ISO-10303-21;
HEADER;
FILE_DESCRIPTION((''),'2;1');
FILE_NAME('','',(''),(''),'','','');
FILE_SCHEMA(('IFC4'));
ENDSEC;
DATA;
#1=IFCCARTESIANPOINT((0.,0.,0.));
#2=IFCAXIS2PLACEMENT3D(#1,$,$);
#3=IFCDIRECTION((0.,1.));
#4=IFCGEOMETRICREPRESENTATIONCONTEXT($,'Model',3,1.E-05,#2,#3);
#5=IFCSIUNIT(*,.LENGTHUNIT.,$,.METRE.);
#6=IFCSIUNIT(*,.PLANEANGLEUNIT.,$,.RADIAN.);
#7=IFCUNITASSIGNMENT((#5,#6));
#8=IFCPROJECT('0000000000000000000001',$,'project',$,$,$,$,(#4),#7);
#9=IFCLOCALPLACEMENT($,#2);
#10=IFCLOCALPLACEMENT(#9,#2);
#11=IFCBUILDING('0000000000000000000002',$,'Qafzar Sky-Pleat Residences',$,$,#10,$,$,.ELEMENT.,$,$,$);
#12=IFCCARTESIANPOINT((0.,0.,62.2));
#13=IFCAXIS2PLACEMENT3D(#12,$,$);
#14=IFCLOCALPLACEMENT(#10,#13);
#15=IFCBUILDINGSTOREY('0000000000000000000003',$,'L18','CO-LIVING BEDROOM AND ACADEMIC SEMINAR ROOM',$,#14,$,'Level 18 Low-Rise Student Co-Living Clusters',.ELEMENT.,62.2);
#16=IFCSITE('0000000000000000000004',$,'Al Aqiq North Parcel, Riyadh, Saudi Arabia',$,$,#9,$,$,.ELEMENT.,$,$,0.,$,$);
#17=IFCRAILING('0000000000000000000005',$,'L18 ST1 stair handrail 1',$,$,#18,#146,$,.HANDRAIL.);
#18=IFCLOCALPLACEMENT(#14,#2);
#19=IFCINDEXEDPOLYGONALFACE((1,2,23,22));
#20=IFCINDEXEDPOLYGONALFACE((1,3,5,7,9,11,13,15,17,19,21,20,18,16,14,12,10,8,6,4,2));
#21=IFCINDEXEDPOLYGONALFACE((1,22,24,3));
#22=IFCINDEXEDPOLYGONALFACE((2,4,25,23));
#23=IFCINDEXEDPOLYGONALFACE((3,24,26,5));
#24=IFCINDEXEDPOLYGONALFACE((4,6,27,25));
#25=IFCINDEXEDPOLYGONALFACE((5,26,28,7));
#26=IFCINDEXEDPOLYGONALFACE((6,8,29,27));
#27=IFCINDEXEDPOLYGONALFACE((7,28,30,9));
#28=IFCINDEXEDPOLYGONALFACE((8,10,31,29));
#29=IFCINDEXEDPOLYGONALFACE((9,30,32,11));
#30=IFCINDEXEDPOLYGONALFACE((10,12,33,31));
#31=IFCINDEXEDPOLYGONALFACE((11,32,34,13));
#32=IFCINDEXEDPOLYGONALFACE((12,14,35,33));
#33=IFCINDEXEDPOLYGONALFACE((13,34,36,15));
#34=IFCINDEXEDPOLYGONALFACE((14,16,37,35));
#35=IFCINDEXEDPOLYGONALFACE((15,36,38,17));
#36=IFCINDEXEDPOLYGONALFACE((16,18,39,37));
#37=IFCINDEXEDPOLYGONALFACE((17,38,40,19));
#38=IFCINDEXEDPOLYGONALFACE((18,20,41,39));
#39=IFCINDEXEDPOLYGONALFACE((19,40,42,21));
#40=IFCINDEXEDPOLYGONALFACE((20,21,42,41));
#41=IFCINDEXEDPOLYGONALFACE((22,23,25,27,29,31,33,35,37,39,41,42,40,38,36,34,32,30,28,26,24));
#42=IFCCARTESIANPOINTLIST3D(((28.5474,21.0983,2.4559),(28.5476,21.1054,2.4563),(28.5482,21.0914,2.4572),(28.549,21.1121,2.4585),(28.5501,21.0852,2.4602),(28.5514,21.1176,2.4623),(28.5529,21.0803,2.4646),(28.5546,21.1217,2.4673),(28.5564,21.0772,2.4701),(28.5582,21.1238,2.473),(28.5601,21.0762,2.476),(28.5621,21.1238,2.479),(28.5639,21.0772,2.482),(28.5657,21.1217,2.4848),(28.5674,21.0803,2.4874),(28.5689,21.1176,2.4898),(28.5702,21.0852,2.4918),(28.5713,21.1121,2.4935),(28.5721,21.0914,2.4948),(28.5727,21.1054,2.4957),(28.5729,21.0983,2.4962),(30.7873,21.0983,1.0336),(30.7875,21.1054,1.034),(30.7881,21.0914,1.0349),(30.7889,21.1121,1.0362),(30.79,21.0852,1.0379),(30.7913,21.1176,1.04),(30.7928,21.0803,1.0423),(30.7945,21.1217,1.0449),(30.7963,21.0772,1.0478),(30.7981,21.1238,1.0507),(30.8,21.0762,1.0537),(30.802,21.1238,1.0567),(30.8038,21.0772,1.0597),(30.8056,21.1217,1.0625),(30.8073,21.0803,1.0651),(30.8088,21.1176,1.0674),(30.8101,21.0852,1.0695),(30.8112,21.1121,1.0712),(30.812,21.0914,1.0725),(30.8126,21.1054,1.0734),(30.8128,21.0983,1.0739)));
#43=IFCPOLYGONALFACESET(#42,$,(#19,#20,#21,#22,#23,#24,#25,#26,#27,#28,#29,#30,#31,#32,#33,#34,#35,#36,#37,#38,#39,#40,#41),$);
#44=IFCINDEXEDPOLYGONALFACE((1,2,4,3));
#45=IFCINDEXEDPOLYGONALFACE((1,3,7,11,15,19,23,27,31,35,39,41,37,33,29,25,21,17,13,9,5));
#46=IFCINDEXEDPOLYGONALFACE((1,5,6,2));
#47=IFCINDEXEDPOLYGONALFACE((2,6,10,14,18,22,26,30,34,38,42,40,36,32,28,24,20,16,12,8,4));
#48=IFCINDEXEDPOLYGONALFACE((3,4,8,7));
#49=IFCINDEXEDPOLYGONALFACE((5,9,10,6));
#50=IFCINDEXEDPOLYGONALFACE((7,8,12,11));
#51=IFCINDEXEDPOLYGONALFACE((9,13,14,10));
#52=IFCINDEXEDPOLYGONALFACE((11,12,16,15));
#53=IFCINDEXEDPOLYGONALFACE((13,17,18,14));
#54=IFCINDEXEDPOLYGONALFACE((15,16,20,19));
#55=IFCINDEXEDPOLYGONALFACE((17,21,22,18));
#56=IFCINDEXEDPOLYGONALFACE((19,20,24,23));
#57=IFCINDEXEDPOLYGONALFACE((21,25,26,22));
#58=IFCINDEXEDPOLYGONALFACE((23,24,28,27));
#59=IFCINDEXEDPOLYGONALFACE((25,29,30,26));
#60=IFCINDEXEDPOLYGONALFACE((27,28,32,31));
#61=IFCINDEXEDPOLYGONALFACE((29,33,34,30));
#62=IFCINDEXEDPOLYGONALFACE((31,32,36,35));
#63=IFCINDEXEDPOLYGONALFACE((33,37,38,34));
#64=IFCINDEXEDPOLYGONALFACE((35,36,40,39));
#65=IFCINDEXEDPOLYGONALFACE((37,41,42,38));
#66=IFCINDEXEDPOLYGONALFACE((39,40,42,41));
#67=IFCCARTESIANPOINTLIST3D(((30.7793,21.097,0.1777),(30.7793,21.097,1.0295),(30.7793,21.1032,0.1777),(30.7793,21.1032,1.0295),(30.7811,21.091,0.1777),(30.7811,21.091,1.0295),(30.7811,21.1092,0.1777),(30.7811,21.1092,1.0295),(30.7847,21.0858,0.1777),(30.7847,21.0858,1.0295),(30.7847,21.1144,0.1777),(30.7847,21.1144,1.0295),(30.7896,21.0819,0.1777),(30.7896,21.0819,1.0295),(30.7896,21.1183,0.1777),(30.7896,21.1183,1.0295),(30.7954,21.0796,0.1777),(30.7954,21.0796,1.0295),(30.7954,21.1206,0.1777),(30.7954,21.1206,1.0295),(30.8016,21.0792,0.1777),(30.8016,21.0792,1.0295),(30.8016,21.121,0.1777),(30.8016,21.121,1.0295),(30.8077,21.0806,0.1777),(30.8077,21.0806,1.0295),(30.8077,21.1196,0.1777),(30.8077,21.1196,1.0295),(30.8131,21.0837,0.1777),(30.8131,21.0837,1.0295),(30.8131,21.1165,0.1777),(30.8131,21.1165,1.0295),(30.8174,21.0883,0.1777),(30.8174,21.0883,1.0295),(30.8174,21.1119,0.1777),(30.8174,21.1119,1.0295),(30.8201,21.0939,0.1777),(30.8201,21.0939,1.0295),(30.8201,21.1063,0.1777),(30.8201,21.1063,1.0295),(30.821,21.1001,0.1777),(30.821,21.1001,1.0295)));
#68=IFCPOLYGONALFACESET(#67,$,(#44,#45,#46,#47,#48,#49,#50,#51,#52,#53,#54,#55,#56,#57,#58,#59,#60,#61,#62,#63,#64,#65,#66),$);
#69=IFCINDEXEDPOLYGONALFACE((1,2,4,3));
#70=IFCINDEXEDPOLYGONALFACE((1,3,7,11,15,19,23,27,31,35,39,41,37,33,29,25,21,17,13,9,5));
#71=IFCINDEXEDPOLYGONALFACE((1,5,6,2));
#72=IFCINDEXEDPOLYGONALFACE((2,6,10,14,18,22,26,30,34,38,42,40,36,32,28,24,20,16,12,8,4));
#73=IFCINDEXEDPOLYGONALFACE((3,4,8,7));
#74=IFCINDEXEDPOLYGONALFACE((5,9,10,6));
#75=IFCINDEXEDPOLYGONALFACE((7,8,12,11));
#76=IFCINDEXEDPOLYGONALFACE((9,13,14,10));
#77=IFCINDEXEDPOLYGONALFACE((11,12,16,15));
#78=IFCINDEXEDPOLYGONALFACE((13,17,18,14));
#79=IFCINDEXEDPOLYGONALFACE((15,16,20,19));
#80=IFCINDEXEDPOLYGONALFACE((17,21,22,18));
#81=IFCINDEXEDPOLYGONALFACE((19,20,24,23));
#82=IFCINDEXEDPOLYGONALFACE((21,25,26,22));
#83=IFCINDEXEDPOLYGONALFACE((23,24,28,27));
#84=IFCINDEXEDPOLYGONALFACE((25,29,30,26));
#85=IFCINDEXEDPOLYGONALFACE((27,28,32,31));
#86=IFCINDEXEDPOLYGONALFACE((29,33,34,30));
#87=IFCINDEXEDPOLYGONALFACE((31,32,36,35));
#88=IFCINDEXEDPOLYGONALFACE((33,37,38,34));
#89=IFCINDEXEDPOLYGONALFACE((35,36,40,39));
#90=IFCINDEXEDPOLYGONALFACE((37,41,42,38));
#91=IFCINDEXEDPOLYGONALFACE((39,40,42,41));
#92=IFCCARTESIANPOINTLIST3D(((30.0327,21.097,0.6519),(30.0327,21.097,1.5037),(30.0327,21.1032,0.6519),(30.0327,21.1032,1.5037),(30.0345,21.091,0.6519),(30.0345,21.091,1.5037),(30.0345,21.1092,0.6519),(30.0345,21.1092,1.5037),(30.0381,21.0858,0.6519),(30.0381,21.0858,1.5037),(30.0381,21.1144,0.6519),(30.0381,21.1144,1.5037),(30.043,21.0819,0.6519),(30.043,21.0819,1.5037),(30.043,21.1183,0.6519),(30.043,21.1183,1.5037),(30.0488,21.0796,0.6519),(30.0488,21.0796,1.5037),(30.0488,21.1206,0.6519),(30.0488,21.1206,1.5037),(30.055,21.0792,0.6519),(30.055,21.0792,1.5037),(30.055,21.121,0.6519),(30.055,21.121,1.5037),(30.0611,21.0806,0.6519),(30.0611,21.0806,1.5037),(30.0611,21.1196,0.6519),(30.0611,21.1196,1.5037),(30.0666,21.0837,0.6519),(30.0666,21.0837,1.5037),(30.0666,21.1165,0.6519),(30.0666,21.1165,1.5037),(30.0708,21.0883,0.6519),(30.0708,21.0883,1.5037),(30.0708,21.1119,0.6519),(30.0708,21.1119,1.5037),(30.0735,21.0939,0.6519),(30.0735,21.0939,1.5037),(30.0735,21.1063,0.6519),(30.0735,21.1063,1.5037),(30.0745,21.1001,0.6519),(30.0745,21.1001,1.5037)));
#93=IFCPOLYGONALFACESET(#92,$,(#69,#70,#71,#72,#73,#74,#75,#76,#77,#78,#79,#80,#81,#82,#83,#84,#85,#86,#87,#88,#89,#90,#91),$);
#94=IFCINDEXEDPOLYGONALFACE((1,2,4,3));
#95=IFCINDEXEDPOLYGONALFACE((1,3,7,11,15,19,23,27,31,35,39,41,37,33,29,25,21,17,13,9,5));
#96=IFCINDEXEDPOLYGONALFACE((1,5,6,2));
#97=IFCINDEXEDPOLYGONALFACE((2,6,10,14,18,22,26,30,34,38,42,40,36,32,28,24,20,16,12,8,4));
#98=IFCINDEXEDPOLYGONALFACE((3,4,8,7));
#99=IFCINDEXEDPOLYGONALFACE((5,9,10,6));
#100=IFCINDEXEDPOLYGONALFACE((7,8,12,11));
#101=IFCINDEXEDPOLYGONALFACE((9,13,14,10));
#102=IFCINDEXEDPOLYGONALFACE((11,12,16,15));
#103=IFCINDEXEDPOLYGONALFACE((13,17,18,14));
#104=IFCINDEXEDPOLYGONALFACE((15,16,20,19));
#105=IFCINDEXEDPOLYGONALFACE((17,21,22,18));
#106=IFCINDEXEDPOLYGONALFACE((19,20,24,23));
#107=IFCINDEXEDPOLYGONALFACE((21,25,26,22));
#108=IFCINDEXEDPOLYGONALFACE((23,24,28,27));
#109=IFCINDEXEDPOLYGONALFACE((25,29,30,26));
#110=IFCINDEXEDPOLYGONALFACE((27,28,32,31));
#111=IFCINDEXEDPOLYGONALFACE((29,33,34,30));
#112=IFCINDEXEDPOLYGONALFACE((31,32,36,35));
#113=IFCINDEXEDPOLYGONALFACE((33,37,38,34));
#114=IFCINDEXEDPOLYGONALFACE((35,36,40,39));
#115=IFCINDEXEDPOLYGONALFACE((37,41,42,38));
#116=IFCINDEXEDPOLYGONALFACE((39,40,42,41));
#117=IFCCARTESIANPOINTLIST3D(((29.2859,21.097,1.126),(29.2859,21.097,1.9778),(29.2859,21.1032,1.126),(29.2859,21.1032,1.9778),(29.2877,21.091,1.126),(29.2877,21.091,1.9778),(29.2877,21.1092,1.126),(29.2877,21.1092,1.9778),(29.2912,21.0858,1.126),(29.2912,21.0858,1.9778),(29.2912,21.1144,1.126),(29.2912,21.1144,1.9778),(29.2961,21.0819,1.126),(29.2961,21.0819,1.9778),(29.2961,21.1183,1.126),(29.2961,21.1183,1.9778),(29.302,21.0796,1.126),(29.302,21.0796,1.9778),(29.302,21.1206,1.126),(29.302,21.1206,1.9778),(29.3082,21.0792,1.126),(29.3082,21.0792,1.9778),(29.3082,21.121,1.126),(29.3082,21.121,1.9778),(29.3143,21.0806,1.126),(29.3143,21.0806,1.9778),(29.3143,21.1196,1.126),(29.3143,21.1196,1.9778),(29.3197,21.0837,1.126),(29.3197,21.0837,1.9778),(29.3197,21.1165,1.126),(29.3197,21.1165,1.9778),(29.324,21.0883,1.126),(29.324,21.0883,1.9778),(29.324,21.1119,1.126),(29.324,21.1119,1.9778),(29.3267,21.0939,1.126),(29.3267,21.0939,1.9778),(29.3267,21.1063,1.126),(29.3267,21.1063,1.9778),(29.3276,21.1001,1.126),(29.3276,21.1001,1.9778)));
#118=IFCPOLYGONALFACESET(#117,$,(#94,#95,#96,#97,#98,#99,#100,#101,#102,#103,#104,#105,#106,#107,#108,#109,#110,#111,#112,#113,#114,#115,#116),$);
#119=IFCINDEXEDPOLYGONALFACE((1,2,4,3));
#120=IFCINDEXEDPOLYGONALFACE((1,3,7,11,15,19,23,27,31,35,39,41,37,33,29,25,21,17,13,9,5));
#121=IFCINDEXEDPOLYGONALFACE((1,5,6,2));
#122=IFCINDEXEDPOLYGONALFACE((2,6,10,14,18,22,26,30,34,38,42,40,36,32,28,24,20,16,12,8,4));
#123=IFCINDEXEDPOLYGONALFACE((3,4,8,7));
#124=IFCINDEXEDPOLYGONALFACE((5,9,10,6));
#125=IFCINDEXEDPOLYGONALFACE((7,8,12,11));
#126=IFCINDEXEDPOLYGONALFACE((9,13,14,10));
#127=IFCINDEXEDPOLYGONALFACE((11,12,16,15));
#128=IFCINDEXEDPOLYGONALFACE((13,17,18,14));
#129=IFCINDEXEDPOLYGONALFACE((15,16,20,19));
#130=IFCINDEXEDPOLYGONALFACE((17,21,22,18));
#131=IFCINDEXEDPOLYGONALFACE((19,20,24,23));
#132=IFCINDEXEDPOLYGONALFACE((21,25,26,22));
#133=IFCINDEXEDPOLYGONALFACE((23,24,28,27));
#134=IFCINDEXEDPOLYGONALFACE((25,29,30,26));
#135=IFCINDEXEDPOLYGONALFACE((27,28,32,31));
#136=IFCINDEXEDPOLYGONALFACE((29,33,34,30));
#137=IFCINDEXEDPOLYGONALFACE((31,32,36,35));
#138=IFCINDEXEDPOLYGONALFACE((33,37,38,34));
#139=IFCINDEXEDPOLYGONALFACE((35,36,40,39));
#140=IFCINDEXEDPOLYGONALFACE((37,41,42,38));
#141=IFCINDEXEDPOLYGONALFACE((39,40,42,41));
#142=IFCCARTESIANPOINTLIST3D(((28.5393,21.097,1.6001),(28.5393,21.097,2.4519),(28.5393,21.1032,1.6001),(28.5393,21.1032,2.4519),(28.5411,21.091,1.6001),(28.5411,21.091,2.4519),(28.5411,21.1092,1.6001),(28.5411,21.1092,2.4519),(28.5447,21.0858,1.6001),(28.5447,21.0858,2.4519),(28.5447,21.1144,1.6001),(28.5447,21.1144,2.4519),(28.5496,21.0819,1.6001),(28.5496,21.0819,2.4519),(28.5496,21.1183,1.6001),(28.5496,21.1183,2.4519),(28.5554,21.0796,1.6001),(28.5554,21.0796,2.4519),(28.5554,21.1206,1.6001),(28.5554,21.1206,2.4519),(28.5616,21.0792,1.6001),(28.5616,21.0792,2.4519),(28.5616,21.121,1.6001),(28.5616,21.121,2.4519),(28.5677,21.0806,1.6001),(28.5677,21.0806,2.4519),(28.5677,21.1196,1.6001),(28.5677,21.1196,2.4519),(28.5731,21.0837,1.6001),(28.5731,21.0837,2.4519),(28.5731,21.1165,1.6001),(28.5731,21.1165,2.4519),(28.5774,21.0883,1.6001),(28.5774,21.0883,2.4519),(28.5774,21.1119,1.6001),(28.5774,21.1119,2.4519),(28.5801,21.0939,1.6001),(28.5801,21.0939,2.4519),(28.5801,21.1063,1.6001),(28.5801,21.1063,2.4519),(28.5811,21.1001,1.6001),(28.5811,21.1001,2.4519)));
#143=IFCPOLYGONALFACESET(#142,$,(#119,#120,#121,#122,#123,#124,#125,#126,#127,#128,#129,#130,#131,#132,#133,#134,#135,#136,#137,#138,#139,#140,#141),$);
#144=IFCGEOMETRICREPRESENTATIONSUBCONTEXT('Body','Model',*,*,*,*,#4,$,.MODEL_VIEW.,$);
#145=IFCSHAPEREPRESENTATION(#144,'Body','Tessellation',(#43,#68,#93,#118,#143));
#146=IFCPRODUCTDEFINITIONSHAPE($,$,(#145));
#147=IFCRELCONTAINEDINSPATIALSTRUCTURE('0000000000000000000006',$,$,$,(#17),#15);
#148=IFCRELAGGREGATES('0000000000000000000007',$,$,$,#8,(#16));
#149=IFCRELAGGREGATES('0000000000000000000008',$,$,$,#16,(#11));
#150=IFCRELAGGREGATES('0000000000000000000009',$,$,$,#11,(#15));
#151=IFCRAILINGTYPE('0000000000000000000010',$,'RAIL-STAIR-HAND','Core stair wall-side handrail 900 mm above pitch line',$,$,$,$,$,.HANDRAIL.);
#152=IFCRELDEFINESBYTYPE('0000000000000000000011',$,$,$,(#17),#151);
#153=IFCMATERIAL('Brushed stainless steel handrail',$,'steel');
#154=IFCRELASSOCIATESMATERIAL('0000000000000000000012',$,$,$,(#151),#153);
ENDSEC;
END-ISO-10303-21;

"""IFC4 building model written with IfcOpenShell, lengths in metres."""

from ifc_helpers import new_model, si_unit, direction, frame, origin, origin_2d, place, context, subcontext, project, spatial, circle, extrude, source, transform, mapped, material, type_object, element, save


model = new_model("IFC4")

# Units and contexts
model_context = context("Model", 3, precision=1e-05, world=origin(), true_north=direction((0.0, 1.0)))
body_context = subcontext(model_context, "Body", "Model", "MODEL_VIEW")
ifc_project = project(units=[si_unit("LENGTHUNIT", "METRE"), si_unit("PLANEANGLEUNIT", "RADIAN")], contexts=[model_context])

# Site, building, storey
site_placement = place(None, origin())
site = spatial("IfcSite", under=ifc_project, at=site_placement, Name="Al Aqiq North Parcel, Riyadh, Saudi Arabia", CompositionType="ELEMENT", RefElevation=0.0)
building_placement = place(site_placement, origin())
building = spatial("IfcBuilding", under=site, at=building_placement, Name="Qafzar Sky-Pleat Residences", CompositionType="ELEMENT")
storey_placement = place(building_placement, frame((0.0, 0.0, 62.2)))
storey = spatial("IfcBuildingStorey", under=building, at=storey_placement, Name="L18", Description="CO-LIVING BEDROOM AND ACADEMIC SEMINAR ROOM", LongName="Level 18 Low-Rise Student Co-Living Clusters", CompositionType="ELEMENT", Elevation=62.2)

# Railing
ifc_material_1 = material(Name="Brushed stainless steel handrail", Category="steel")
railing_type_1 = type_object("IfcRailingType", Name="RAIL-STAIR-HAND", Description="Core stair wall-side handrail 900 mm above pitch line", PredefinedType="HANDRAIL", material=ifc_material_1)
shared_shape_1 = source(origin(), body_context, "Body", "SweptSolid", [
    extrude(circle(Radius=0.0239, at=origin_2d()), frame((0.0, 0.0, 0.876), z_axis=(-0.844188, 0.0, 0.536048), x_axis=(0.0, -1.0, 0.0)), (0.0, 0.0, 1.0), 2.6533),
    extrude(circle(Radius=0.021, at=origin_2d()), origin(), (0.0, 0.0, 1.0), 0.8518),
    extrude(circle(Radius=0.021, at=origin_2d()), frame((-0.7466, 0.0, 0.4741)), (0.0, 0.0, 1.0), 0.8518),
    extrude(circle(Radius=0.021, at=origin_2d()), frame((-1.4934, 0.0, 0.9482)), (0.0, 0.0, 1.0), 0.8518),
    extrude(circle(Radius=0.021, at=origin_2d()), frame((-2.24, 0.0, 1.4224)), (0.0, 0.0, 1.0), 0.8518),
])
railing_1_placement = place(storey_placement, frame((30.8, 21.1001, 0.1777)))
element("IfcRailing", 1, at=railing_1_placement, inside=storey, type_object=railing_type_1, Name="L18 ST1 stair handrail 1", PredefinedType="HANDRAIL", context=body_context, shape_type="MappedRepresentation", body=[
    mapped(shared_shape_1, transform((0.0, 0.0, 0.0), x_axis=(1.0, 0.0, 0.0), y_axis=(0.0, 1.0, 0.0), z_axis=(0.0, 0.0, 1.0), scale=1.0)),
])

save(model, "model.ifc")
